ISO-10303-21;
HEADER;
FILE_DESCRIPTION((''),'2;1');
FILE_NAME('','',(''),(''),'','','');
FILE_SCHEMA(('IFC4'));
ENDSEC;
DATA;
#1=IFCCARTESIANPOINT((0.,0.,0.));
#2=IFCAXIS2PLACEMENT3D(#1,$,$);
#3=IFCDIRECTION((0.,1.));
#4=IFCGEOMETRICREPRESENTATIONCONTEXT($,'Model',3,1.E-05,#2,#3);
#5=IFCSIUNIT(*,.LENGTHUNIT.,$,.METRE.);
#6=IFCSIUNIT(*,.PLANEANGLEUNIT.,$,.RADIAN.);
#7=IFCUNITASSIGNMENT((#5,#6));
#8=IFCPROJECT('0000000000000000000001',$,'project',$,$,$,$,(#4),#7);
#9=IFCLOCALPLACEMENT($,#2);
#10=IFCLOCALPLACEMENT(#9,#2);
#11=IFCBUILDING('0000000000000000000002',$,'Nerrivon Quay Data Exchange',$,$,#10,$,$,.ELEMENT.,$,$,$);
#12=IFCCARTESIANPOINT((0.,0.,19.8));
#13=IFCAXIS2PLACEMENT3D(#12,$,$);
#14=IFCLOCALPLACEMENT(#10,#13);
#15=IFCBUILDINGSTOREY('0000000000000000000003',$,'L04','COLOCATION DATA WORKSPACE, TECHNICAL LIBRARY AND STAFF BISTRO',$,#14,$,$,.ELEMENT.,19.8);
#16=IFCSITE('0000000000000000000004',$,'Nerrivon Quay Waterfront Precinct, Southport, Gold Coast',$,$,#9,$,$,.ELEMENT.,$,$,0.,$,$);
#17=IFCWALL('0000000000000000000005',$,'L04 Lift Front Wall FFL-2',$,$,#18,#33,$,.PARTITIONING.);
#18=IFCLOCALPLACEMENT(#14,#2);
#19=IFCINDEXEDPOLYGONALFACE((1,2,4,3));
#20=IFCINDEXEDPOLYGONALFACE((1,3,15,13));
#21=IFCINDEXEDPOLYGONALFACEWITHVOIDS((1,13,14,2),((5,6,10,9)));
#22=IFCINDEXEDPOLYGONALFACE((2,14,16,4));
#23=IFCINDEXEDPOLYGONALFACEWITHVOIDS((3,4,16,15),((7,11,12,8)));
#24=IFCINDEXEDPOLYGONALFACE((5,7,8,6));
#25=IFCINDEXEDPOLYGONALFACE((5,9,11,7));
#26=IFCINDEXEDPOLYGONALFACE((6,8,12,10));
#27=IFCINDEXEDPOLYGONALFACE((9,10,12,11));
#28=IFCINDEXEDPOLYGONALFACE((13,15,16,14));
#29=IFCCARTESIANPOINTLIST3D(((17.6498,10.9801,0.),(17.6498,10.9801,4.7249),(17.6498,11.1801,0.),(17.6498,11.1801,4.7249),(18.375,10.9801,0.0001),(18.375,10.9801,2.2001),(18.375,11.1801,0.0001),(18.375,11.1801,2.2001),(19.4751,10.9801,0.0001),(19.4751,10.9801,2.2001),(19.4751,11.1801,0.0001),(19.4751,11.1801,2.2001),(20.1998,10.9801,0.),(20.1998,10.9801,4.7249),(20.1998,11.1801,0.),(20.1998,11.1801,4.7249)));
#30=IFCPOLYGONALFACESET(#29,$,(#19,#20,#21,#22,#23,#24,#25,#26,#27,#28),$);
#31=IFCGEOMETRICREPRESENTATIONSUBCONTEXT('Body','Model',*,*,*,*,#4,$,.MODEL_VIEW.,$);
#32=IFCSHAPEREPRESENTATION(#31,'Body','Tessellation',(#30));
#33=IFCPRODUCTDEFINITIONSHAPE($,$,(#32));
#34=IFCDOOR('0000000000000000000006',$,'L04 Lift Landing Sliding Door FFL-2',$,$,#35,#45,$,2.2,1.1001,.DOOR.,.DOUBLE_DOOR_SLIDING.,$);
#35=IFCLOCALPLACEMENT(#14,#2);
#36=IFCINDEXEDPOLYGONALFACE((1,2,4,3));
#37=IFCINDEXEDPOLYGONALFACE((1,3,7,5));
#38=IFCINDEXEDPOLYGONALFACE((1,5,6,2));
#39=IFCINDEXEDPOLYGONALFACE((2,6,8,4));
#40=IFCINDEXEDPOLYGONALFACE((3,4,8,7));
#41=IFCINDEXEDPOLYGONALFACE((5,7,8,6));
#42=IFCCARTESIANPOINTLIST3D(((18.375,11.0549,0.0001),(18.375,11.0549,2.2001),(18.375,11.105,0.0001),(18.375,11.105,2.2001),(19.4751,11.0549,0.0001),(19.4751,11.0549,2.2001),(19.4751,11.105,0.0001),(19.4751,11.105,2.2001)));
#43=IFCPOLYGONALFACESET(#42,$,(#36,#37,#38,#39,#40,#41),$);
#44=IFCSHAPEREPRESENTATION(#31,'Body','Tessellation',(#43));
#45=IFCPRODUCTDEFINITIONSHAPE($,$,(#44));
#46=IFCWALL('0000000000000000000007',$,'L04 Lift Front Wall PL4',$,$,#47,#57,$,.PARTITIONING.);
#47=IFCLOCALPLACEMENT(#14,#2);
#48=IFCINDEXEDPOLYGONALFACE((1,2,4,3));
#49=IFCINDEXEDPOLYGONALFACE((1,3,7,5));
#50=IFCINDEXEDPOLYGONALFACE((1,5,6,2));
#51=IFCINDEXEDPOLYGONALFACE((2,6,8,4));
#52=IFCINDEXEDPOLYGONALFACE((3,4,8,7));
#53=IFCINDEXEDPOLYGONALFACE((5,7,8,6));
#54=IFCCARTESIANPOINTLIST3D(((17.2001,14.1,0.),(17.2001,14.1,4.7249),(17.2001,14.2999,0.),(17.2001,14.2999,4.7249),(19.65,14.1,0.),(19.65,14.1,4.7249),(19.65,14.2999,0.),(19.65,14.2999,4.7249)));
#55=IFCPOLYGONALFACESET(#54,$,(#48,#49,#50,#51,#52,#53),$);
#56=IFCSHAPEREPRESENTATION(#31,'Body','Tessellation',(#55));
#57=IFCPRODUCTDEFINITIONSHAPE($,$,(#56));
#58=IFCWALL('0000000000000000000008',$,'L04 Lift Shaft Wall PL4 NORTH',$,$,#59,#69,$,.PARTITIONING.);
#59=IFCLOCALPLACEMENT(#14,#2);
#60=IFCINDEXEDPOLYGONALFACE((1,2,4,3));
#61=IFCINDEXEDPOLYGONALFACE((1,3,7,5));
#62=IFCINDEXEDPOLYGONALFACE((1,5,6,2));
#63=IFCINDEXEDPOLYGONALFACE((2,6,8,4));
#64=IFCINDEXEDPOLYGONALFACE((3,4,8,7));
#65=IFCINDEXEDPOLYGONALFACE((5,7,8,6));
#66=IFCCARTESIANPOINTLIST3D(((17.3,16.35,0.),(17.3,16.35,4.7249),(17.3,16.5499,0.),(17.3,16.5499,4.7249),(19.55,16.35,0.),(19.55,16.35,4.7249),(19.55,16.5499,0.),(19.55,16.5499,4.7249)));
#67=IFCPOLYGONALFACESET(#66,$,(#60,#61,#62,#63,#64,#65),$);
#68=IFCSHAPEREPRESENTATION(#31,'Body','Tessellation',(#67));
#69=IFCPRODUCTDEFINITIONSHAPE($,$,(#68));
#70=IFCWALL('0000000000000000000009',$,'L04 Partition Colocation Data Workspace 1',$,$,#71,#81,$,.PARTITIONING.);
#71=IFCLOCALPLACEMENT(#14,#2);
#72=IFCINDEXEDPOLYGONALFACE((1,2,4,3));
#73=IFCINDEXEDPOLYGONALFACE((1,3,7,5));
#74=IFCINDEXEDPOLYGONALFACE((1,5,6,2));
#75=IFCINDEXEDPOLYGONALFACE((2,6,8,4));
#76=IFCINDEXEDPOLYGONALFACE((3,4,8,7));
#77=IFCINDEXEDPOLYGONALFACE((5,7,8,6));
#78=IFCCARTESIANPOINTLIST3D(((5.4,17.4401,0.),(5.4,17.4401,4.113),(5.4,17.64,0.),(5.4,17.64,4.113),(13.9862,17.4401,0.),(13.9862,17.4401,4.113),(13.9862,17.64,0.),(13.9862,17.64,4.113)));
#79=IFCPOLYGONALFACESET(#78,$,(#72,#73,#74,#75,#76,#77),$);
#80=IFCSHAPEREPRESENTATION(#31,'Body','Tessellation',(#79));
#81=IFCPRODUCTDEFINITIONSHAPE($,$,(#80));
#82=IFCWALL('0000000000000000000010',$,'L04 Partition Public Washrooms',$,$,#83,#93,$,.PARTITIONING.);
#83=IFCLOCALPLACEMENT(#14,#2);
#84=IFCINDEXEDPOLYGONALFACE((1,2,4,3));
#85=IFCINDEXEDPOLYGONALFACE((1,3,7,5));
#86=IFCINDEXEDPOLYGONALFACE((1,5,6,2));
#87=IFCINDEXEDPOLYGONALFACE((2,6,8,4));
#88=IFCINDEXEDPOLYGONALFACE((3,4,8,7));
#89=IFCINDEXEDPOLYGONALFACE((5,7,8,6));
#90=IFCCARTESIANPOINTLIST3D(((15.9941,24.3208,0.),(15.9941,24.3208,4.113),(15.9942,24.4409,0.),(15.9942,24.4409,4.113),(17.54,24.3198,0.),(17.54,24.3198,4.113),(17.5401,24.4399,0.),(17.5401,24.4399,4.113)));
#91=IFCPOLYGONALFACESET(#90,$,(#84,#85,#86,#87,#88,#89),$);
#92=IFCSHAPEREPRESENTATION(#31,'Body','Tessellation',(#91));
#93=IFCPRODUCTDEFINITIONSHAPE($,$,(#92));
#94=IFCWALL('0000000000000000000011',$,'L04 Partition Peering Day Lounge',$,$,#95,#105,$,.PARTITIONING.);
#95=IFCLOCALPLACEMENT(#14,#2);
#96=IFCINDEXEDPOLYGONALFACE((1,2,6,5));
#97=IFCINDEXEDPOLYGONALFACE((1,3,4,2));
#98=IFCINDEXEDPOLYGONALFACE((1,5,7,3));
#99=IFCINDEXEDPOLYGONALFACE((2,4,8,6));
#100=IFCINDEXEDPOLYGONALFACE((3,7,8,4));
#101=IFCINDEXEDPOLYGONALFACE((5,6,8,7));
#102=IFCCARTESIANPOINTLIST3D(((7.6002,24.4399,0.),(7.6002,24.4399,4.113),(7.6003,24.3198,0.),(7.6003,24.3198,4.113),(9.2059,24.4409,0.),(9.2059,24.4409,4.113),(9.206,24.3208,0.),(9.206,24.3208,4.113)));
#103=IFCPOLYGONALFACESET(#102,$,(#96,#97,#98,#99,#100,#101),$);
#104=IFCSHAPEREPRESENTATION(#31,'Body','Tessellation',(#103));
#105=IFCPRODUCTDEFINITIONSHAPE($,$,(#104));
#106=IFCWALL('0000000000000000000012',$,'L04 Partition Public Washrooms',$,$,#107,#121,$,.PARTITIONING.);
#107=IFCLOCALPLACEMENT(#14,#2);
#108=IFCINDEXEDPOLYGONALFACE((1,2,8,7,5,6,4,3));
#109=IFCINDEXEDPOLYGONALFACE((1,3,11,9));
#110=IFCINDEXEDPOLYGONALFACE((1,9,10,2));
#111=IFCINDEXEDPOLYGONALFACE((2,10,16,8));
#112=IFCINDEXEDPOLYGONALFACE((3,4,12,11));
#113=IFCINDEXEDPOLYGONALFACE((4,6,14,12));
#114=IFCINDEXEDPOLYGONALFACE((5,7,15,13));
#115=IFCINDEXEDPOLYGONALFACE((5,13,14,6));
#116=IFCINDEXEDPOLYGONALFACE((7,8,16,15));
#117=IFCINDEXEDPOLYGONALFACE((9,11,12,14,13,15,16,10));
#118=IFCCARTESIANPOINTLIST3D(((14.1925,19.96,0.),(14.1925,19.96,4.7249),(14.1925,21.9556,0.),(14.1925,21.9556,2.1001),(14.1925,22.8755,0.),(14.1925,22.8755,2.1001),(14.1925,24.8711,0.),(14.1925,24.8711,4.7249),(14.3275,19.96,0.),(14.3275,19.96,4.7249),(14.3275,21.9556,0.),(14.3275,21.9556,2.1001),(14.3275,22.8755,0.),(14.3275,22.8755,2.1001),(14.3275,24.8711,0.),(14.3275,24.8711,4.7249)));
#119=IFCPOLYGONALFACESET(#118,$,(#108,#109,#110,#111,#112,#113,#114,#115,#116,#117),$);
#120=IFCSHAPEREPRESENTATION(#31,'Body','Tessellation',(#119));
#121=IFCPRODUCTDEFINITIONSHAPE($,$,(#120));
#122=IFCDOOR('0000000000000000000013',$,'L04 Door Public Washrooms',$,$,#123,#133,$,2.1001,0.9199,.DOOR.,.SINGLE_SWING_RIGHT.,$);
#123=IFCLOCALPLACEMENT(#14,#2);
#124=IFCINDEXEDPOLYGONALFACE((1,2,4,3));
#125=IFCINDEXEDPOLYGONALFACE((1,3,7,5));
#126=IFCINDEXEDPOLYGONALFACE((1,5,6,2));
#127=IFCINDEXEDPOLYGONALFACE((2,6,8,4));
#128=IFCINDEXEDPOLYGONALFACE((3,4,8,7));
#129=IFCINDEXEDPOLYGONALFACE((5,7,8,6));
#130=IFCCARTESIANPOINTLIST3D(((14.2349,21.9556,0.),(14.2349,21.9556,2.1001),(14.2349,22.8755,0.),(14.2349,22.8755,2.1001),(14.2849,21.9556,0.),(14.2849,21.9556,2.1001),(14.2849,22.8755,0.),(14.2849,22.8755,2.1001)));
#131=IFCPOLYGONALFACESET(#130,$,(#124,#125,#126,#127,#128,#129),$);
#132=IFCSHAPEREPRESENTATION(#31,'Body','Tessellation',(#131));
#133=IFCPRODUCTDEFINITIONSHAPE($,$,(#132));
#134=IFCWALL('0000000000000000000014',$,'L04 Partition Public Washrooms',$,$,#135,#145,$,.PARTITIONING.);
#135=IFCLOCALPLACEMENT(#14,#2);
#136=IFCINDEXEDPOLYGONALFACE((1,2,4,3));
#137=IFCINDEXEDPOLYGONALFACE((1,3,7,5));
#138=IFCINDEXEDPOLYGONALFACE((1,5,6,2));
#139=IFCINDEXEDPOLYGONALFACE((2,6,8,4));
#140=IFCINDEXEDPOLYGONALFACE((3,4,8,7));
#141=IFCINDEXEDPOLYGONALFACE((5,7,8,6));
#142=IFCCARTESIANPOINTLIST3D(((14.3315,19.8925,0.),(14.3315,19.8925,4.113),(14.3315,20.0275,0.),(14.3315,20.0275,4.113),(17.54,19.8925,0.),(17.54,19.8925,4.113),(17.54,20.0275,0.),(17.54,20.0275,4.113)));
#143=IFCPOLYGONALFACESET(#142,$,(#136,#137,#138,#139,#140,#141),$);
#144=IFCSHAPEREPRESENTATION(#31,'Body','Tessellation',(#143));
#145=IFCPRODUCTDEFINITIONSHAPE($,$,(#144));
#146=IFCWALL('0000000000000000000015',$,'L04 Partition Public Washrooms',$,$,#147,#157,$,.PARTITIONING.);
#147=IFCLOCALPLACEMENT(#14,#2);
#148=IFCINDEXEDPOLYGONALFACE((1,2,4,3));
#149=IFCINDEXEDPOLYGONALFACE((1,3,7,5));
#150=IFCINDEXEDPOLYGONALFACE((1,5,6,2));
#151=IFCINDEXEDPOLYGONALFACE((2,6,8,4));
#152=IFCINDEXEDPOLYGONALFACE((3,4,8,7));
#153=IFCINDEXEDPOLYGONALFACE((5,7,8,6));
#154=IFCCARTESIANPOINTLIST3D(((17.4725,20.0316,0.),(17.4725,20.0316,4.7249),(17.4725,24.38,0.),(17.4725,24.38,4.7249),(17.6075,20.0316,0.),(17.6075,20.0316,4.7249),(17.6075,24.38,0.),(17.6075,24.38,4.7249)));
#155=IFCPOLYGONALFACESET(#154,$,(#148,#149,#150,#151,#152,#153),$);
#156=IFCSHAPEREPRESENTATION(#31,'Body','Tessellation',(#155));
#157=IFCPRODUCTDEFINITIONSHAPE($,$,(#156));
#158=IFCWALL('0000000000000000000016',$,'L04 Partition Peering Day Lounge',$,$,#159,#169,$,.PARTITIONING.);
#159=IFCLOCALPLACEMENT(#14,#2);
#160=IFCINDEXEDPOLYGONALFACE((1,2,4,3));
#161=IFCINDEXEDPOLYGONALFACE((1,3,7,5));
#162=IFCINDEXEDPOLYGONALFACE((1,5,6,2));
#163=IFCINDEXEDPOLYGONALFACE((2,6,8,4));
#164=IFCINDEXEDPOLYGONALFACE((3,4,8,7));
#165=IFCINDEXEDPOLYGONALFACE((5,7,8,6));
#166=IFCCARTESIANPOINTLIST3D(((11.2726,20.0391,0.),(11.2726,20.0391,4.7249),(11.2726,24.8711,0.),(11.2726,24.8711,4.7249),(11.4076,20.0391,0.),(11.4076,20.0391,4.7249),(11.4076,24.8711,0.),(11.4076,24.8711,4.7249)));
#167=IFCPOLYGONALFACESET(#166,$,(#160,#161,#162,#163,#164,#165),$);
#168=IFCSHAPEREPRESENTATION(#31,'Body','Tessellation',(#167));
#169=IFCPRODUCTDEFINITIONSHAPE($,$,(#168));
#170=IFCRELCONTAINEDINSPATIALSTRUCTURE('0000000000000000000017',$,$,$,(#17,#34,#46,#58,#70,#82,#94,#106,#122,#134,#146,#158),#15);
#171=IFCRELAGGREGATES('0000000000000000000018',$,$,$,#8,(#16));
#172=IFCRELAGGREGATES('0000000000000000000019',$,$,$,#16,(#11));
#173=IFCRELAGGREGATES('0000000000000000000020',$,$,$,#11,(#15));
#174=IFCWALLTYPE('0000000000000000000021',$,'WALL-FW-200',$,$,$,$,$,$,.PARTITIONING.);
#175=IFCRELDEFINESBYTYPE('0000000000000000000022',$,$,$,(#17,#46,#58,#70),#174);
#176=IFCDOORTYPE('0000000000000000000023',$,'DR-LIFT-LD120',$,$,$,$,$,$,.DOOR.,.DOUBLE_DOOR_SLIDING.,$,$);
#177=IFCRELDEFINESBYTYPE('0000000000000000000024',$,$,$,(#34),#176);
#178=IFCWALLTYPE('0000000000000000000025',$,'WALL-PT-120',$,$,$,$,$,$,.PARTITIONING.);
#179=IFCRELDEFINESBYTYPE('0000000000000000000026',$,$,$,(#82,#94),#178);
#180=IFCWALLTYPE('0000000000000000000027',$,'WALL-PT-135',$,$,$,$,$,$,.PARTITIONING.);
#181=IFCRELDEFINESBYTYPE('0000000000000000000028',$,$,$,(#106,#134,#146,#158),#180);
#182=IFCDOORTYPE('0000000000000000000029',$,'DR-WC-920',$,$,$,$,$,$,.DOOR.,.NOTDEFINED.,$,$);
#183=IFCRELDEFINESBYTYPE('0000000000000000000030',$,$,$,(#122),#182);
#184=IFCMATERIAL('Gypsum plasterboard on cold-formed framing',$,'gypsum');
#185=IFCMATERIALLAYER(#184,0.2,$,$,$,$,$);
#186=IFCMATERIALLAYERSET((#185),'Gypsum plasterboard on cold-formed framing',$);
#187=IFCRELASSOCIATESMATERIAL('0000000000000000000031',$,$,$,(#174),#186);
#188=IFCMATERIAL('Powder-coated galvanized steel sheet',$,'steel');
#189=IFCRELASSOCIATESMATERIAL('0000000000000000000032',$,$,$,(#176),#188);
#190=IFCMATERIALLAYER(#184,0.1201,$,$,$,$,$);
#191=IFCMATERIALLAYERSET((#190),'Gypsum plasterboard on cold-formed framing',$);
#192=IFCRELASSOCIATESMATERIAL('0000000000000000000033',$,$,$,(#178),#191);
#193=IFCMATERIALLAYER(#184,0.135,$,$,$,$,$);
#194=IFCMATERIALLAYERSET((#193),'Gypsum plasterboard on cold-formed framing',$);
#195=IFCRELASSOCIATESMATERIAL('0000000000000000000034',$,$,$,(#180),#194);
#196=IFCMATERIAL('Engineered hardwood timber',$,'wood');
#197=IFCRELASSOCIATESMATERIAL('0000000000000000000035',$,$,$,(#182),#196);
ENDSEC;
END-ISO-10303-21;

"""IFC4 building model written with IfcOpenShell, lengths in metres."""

from ifc_helpers import new_model, si_unit, direction, frame, frame_2d, origin, place, context, subcontext, project, spatial, rectangle, extrude, material, layer, layer_set, type_object, element, fill, save


model = new_model("IFC4")

# Units and contexts
model_context = context("Model", 3, precision=1e-05, world=origin(), true_north=direction((0.0, 1.0)))
body_context = subcontext(model_context, "Body", "Model", "MODEL_VIEW")
ifc_project = project(units=[si_unit("LENGTHUNIT", "METRE"), si_unit("PLANEANGLEUNIT", "RADIAN")], contexts=[model_context])

# Site, building, storey
site_placement = place(None, origin())
site = spatial("IfcSite", under=ifc_project, at=site_placement, Name="Nerrivon Quay Waterfront Precinct, Southport, Gold Coast", CompositionType="ELEMENT", RefElevation=0.0)
building_placement = place(site_placement, origin())
building = spatial("IfcBuilding", under=site, at=building_placement, Name="Nerrivon Quay Data Exchange", CompositionType="ELEMENT")
storey_placement = place(building_placement, frame((0.0, 0.0, 19.8)))
storey = spatial("IfcBuildingStorey", under=building, at=storey_placement, Name="L04", Description="COLOCATION DATA WORKSPACE, TECHNICAL LIBRARY AND STAFF BISTRO", CompositionType="ELEMENT", Elevation=19.8)

# Shared definitions
ifc_material_1 = material(Name="Powder-coated galvanized steel sheet", Category="steel")
ifc_material_2 = material(Name="Gypsum plasterboard on cold-formed framing", Category="gypsum")
ifc_layer_1 = layer(ifc_material_2, 0.2)
ifc_layer_set_1 = layer_set([ifc_layer_1], Name="Gypsum plasterboard on cold-formed framing")
wall_type_1 = type_object("IfcWallType", Name="WALL-FW-200", PredefinedType="PARTITIONING", material=ifc_layer_set_1)
door_type_1 = type_object("IfcDoorType", Name="DR-LIFT-LD120", OperationType="DOUBLE_DOOR_SLIDING", PredefinedType="DOOR", material=ifc_material_1)

# Wall, opening, door
wall_1_placement = place(storey_placement, frame((17.6499, 11.0801, 0.0), z_axis=(0.0, 0.0, 1.0), x_axis=(1.0, 0.0, 0.0)))
wall_1 = element("IfcWall", 1, at=wall_1_placement, inside=storey, type_object=wall_type_1, Name="L04 Lift Front Wall FFL-2", PredefinedType="PARTITIONING", context=body_context, shape_type="SweptSolid", body=[
    extrude(rectangle(XDim=2.55, YDim=0.2, at=frame_2d((1.2749, 0.0))), origin(), (0.0, 0.0, 1.0), 4.7249),
])
opening_1_placement = place(wall_1_placement, frame((0.7251, 0.0, 0.0)))
opening_1 = element("IfcOpeningElement", 2, at=opening_1_placement, cuts=wall_1, PredefinedType="OPENING", context=body_context, shape_type="SweptSolid", body=[
    extrude(rectangle(XDim=1.1001, YDim=2.2, at=frame_2d((0.55, 1.1001))), frame((0.0, 0.1099, 0.0), z_axis=(0.0, -1.0, 0.0), x_axis=(1.0, 0.0, 0.0)), (0.0, 0.0, 1.0), 0.22),
])
door_1_placement = place(opening_1_placement, origin())
door_1 = element("IfcDoor", 3, at=door_1_placement, inside=storey, type_object=door_type_1, Name="L04 Lift Landing Sliding Door FFL-2", OperationType="DOUBLE_DOOR_SLIDING", OverallHeight=2.2, OverallWidth=1.1001, PredefinedType="DOOR", context=body_context, shape_type="SweptSolid", body=[
    extrude(rectangle(XDim=1.1001, YDim=2.2, at=frame_2d((0.55, 1.1001))), frame((0.0, 0.0249, 0.0), z_axis=(0.0, -1.0, 0.0), x_axis=(1.0, 0.0, 0.0)), (0.0, 0.0, 1.0), 0.05),
])
fill(opening_1, door_1)

# Walls
wall_2_placement = place(storey_placement, frame((17.2, 14.2, 0.0), z_axis=(0.0, 0.0, 1.0), x_axis=(1.0, 0.0, 0.0)))
element("IfcWall", 4, at=wall_2_placement, inside=storey, type_object=wall_type_1, Name="L04 Lift Front Wall PL4", PredefinedType="PARTITIONING", context=body_context, shape_type="SweptSolid", body=[
    extrude(rectangle(XDim=2.45, YDim=0.2, at=frame_2d((1.2251, 0.0))), origin(), (0.0, 0.0, 1.0), 4.7249),
])
wall_3_placement = place(storey_placement, frame((17.3, 16.45, 0.0), z_axis=(0.0, 0.0, 1.0), x_axis=(1.0, 0.0, 0.0)))
element("IfcWall", 5, at=wall_3_placement, inside=storey, type_object=wall_type_1, Name="L04 Lift Shaft Wall PL4 NORTH", PredefinedType="PARTITIONING", context=body_context, shape_type="SweptSolid", body=[
    extrude(rectangle(XDim=2.25, YDim=0.2, at=frame_2d((1.125, 0.0))), origin(), (0.0, 0.0, 1.0), 4.7249),
])
wall_4_placement = place(storey_placement, frame((13.9861, 17.54, 0.0), z_axis=(0.0, 0.0, 1.0), x_axis=(-1.0, 0.0, 0.0)))
element("IfcWall", 6, at=wall_4_placement, inside=storey, type_object=wall_type_1, Name="L04 Partition Colocation Data Workspace 1", PredefinedType="PARTITIONING", context=body_context, shape_type="SweptSolid", body=[
    extrude(rectangle(XDim=8.5862, YDim=0.2, at=frame_2d((4.293, 0.0))), origin(), (0.0, 0.0, 1.0), 4.113),
])
ifc_layer_2 = layer(ifc_material_2, 0.1201)
ifc_layer_set_2 = layer_set([ifc_layer_2], Name="Gypsum plasterboard on cold-formed framing")
wall_type_2 = type_object("IfcWallType", Name="WALL-PT-120", PredefinedType="PARTITIONING", material=ifc_layer_set_2)
wall_5_placement = place(storey_placement, frame((17.54, 24.3799, 0.0), z_axis=(0.0, 0.0, 1.0), x_axis=(-1.0, 0.000632, 0.0)))
element("IfcWall", 7, at=wall_5_placement, inside=storey, type_object=wall_type_2, Name="L04 Partition Public Washrooms", PredefinedType="PARTITIONING", context=body_context, shape_type="SweptSolid", body=[
    extrude(rectangle(XDim=1.5459, YDim=0.1201, at=frame_2d((0.7729, 0.0))), origin(), (0.0, 0.0, 1.0), 4.113),
])
wall_6_placement = place(storey_placement, frame((9.2058, 24.3809, 0.0), z_axis=(0.0, 0.0, 1.0), x_axis=(-1.0, -0.000608, 0.0)))
element("IfcWall", 8, at=wall_6_placement, inside=storey, type_object=wall_type_2, Name="L04 Partition Peering Day Lounge", PredefinedType="PARTITIONING", context=body_context, shape_type="SweptSolid", body=[
    extrude(rectangle(XDim=1.6057, YDim=0.1201, at=frame_2d((0.8027, 0.0))), origin(), (0.0, 0.0, 1.0), 4.113),
])

# Wall, opening, door
ifc_layer_3 = layer(ifc_material_2, 0.135)
ifc_layer_set_3 = layer_set([ifc_layer_3], Name="Gypsum plasterboard on cold-formed framing")
wall_type_3 = type_object("IfcWallType", Name="WALL-PT-135", PredefinedType="PARTITIONING", material=ifc_layer_set_3)
wall_7_placement = place(storey_placement, frame((14.26, 24.8711, 0.0), z_axis=(0.0, 0.0, 1.0), x_axis=(0.0, -1.0, 0.0)))
wall_7 = element("IfcWall", 9, at=wall_7_placement, inside=storey, type_object=wall_type_3, Name="L04 Partition Public Washrooms", PredefinedType="PARTITIONING", context=body_context, shape_type="SweptSolid", body=[
    extrude(rectangle(XDim=4.9111, YDim=0.135, at=frame_2d((2.4556, 0.0))), origin(), (0.0, 0.0, 1.0), 4.7249),
])
opening_2_placement = place(wall_7_placement, frame((1.9956, 0.0, 0.0)))
opening_2 = element("IfcOpeningElement", 10, at=opening_2_placement, cuts=wall_7, PredefinedType="OPENING", context=body_context, shape_type="SweptSolid", body=[
    extrude(rectangle(XDim=0.9199, YDim=2.1001, at=frame_2d((0.46, 1.05))), frame((0.0, 0.0774, 0.0), z_axis=(0.0, -1.0, 0.0), x_axis=(1.0, 0.0, 0.0)), (0.0, 0.0, 1.0), 0.155),
])
ifc_material_3 = material(Name="Engineered hardwood timber", Category="wood")
door_type_2 = type_object("IfcDoorType", Name="DR-WC-920", OperationType="NOTDEFINED", PredefinedType="DOOR", material=ifc_material_3)
door_2_placement = place(opening_2_placement, origin())
door_2 = element("IfcDoor", 11, at=door_2_placement, inside=storey, type_object=door_type_2, Name="L04 Door Public Washrooms", OperationType="SINGLE_SWING_RIGHT", OverallHeight=2.1001, OverallWidth=0.9199, PredefinedType="DOOR", context=body_context, shape_type="SweptSolid", body=[
    extrude(rectangle(XDim=0.9199, YDim=2.1001, at=frame_2d((0.46, 1.05))), frame((0.0, 0.0249, 0.0), z_axis=(0.0, -1.0, 0.0), x_axis=(1.0, 0.0, 0.0)), (0.0, 0.0, 1.0), 0.05),
])
fill(opening_2, door_2)

# Walls
wall_8_placement = place(storey_placement, frame((14.3315, 19.96, 0.0), z_axis=(0.0, 0.0, 1.0), x_axis=(1.0, 0.0, 0.0)))
element("IfcWall", 12, at=wall_8_placement, inside=storey, type_object=wall_type_3, Name="L04 Partition Public Washrooms", PredefinedType="PARTITIONING", context=body_context, shape_type="SweptSolid", body=[
    extrude(rectangle(XDim=3.2085, YDim=0.135, at=frame_2d((1.6042, 0.0))), origin(), (0.0, 0.0, 1.0), 4.113),
])
wall_9_placement = place(storey_placement, frame((17.54, 20.0315, 0.0), z_axis=(0.0, 0.0, 1.0), x_axis=(0.0, 1.0, 0.0)))
element("IfcWall", 13, at=wall_9_placement, inside=storey, type_object=wall_type_3, Name="L04 Partition Public Washrooms", PredefinedType="PARTITIONING", context=body_context, shape_type="SweptSolid", body=[
    extrude(rectangle(XDim=4.3484, YDim=0.135, at=frame_2d((2.1743, 0.0))), origin(), (0.0, 0.0, 1.0), 4.7249),
])
wall_10_placement = place(storey_placement, frame((11.3401, 20.0391, 0.0), z_axis=(0.0, 0.0, 1.0), x_axis=(0.0, 1.0, 0.0)))
element("IfcWall", 14, at=wall_10_placement, inside=storey, type_object=wall_type_3, Name="L04 Partition Peering Day Lounge", PredefinedType="PARTITIONING", context=body_context, shape_type="SweptSolid", body=[
    extrude(rectangle(XDim=4.832, YDim=0.135, at=frame_2d((2.416, 0.0))), origin(), (0.0, 0.0, 1.0), 4.7249),
])

save(model, "model.ifc")
